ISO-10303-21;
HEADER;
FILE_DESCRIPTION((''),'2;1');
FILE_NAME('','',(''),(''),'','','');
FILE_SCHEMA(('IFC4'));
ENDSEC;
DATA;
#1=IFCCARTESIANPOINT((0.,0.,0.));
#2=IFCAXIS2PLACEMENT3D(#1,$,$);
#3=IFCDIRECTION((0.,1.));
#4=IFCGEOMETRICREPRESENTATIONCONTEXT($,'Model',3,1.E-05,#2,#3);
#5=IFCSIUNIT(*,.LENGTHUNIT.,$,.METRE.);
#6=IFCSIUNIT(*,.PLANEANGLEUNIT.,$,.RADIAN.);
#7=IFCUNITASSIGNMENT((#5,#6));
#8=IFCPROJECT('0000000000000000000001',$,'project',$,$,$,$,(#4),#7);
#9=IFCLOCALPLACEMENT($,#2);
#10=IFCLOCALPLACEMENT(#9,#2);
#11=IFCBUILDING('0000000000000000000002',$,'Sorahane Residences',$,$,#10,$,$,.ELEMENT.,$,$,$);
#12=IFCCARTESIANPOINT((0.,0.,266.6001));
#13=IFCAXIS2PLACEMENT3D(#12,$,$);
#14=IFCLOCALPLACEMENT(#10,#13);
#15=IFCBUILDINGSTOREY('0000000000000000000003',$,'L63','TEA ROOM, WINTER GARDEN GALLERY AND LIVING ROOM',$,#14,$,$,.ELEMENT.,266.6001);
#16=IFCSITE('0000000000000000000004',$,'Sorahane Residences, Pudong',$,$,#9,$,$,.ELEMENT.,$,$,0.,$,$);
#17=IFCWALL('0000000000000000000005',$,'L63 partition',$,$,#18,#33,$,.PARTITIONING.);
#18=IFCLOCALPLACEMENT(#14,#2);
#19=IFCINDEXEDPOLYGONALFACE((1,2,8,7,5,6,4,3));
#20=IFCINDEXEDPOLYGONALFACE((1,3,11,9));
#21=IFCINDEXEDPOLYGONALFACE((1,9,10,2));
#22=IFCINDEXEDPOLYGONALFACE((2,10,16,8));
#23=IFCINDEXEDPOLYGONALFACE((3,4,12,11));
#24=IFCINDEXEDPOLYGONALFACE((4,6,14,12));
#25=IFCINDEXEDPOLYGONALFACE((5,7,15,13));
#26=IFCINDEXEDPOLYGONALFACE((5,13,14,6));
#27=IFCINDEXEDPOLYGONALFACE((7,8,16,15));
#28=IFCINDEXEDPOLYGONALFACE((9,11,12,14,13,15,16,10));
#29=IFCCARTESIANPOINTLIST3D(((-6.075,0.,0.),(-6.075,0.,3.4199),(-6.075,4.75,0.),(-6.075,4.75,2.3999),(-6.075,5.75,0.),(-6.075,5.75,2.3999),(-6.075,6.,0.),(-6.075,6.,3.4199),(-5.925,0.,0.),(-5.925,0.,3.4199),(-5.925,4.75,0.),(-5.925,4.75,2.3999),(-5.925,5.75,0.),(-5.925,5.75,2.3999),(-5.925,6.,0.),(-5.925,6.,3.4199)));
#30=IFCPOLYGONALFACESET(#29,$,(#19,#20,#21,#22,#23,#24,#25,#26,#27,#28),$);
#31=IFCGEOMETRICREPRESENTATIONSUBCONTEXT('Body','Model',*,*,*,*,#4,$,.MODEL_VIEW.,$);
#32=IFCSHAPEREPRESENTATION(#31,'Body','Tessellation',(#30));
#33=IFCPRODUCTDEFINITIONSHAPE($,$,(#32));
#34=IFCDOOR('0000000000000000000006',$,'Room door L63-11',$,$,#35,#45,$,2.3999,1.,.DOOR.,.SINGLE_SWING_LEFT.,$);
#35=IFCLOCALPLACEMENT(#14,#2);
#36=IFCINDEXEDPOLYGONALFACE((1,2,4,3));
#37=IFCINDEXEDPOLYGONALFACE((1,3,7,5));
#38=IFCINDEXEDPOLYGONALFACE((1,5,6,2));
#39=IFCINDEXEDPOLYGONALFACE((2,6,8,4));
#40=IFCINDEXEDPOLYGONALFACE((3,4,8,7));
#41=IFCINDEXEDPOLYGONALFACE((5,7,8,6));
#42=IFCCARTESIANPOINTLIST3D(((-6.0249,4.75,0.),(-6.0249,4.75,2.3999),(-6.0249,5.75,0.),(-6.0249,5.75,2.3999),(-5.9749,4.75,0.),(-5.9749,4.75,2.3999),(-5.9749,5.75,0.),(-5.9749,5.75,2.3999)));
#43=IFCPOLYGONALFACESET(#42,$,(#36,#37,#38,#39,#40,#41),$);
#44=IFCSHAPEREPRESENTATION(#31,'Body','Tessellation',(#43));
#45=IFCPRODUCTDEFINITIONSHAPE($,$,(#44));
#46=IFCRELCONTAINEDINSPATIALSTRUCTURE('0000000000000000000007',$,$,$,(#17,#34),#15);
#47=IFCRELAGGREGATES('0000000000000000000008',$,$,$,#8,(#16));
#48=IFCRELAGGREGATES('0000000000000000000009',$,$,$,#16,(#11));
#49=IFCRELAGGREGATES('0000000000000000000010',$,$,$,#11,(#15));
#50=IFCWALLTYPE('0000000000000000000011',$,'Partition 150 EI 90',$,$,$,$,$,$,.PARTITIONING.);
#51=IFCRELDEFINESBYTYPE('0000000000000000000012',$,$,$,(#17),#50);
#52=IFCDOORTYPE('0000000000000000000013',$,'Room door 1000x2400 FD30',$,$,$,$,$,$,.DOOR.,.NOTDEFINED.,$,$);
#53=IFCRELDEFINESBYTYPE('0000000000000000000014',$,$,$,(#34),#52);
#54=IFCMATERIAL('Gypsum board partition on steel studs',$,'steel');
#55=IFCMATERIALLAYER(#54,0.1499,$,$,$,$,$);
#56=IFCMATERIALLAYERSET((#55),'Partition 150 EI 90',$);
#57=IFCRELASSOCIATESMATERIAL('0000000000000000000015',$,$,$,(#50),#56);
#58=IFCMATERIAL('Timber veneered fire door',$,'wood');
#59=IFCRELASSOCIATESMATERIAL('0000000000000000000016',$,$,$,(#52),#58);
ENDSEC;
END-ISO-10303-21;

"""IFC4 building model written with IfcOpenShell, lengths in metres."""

from ifc_helpers import new_model, si_unit, direction, frame, frame_2d, origin, place, context, subcontext, project, spatial, rectangle, extrude, material, layer, layer_set, type_object, element, fill, save


model = new_model("IFC4")

# Units and contexts
model_context = context("Model", 3, precision=1e-05, world=origin(), true_north=direction((0.0, 1.0)))
body_context = subcontext(model_context, "Body", "Model", "MODEL_VIEW")
ifc_project = project(units=[si_unit("LENGTHUNIT", "METRE"), si_unit("PLANEANGLEUNIT", "RADIAN")], contexts=[model_context])

# Site, building, storey
site_placement = place(None, origin())
site = spatial("IfcSite", under=ifc_project, at=site_placement, Name="Sorahane Residences, Pudong", CompositionType="ELEMENT", RefElevation=0.0)
building_placement = place(site_placement, origin())
building = spatial("IfcBuilding", under=site, at=building_placement, Name="Sorahane Residences", CompositionType="ELEMENT")
storey_placement = place(building_placement, frame((0.0, 0.0, 266.6001)))
storey = spatial("IfcBuildingStorey", under=building, at=storey_placement, Name="L63", Description="TEA ROOM, WINTER GARDEN GALLERY AND LIVING ROOM", CompositionType="ELEMENT", Elevation=266.6001)

# Wall, opening, door
ifc_material_1 = material(Name="Gypsum board partition on steel studs", Category="steel")
ifc_layer_1 = layer(ifc_material_1, 0.1499)
ifc_layer_set_1 = layer_set([ifc_layer_1], Name="Partition 150 EI 90")
wall_type = type_object("IfcWallType", Name="Partition 150 EI 90", PredefinedType="PARTITIONING", material=ifc_layer_set_1)
wall_placement = place(storey_placement, frame((-6.0, 0.0, 0.0), z_axis=(0.0, 0.0, 1.0), x_axis=(0.0, 1.0, 0.0)))
wall = element("IfcWall", 1, at=wall_placement, inside=storey, type_object=wall_type, Name="L63 partition", PredefinedType="PARTITIONING", context=body_context, shape_type="SweptSolid", body=[
    extrude(rectangle(XDim=6.0, YDim=0.1499, at=frame_2d((3.0, 0.0))), origin(), (0.0, 0.0, 1.0), 3.4199),
])
opening_placement = place(wall_placement, frame((4.75, 0.0, 0.0)))
opening = element("IfcOpeningElement", 2, at=opening_placement, cuts=wall, PredefinedType="OPENING", context=body_context, shape_type="SweptSolid", body=[
    extrude(rectangle(XDim=1.0, YDim=2.3999, at=frame_2d((0.5, 1.2))), frame((0.0, 0.085, 0.0), z_axis=(0.0, -1.0, 0.0), x_axis=(1.0, 0.0, 0.0)), (0.0, 0.0, 1.0), 0.1699),
])
ifc_material_2 = material(Name="Timber veneered fire door", Category="wood")
door_type = type_object("IfcDoorType", Name="Room door 1000x2400 FD30", OperationType="NOTDEFINED", PredefinedType="DOOR", material=ifc_material_2)
door_placement = place(opening_placement, origin())
door = element("IfcDoor", 3, at=door_placement, inside=storey, type_object=door_type, Name="Room door L63-11", OperationType="SINGLE_SWING_LEFT", OverallHeight=2.3999, OverallWidth=1.0, PredefinedType="DOOR", context=body_context, shape_type="SweptSolid", body=[
    extrude(rectangle(XDim=1.0, YDim=2.3999, at=frame_2d((0.5, 1.2))), frame((0.0, 0.0249, 0.0), z_axis=(0.0, -1.0, 0.0), x_axis=(1.0, 0.0, 0.0)), (0.0, 0.0, 1.0), 0.05),
])
fill(opening, door)

save(model, "model.ifc")
